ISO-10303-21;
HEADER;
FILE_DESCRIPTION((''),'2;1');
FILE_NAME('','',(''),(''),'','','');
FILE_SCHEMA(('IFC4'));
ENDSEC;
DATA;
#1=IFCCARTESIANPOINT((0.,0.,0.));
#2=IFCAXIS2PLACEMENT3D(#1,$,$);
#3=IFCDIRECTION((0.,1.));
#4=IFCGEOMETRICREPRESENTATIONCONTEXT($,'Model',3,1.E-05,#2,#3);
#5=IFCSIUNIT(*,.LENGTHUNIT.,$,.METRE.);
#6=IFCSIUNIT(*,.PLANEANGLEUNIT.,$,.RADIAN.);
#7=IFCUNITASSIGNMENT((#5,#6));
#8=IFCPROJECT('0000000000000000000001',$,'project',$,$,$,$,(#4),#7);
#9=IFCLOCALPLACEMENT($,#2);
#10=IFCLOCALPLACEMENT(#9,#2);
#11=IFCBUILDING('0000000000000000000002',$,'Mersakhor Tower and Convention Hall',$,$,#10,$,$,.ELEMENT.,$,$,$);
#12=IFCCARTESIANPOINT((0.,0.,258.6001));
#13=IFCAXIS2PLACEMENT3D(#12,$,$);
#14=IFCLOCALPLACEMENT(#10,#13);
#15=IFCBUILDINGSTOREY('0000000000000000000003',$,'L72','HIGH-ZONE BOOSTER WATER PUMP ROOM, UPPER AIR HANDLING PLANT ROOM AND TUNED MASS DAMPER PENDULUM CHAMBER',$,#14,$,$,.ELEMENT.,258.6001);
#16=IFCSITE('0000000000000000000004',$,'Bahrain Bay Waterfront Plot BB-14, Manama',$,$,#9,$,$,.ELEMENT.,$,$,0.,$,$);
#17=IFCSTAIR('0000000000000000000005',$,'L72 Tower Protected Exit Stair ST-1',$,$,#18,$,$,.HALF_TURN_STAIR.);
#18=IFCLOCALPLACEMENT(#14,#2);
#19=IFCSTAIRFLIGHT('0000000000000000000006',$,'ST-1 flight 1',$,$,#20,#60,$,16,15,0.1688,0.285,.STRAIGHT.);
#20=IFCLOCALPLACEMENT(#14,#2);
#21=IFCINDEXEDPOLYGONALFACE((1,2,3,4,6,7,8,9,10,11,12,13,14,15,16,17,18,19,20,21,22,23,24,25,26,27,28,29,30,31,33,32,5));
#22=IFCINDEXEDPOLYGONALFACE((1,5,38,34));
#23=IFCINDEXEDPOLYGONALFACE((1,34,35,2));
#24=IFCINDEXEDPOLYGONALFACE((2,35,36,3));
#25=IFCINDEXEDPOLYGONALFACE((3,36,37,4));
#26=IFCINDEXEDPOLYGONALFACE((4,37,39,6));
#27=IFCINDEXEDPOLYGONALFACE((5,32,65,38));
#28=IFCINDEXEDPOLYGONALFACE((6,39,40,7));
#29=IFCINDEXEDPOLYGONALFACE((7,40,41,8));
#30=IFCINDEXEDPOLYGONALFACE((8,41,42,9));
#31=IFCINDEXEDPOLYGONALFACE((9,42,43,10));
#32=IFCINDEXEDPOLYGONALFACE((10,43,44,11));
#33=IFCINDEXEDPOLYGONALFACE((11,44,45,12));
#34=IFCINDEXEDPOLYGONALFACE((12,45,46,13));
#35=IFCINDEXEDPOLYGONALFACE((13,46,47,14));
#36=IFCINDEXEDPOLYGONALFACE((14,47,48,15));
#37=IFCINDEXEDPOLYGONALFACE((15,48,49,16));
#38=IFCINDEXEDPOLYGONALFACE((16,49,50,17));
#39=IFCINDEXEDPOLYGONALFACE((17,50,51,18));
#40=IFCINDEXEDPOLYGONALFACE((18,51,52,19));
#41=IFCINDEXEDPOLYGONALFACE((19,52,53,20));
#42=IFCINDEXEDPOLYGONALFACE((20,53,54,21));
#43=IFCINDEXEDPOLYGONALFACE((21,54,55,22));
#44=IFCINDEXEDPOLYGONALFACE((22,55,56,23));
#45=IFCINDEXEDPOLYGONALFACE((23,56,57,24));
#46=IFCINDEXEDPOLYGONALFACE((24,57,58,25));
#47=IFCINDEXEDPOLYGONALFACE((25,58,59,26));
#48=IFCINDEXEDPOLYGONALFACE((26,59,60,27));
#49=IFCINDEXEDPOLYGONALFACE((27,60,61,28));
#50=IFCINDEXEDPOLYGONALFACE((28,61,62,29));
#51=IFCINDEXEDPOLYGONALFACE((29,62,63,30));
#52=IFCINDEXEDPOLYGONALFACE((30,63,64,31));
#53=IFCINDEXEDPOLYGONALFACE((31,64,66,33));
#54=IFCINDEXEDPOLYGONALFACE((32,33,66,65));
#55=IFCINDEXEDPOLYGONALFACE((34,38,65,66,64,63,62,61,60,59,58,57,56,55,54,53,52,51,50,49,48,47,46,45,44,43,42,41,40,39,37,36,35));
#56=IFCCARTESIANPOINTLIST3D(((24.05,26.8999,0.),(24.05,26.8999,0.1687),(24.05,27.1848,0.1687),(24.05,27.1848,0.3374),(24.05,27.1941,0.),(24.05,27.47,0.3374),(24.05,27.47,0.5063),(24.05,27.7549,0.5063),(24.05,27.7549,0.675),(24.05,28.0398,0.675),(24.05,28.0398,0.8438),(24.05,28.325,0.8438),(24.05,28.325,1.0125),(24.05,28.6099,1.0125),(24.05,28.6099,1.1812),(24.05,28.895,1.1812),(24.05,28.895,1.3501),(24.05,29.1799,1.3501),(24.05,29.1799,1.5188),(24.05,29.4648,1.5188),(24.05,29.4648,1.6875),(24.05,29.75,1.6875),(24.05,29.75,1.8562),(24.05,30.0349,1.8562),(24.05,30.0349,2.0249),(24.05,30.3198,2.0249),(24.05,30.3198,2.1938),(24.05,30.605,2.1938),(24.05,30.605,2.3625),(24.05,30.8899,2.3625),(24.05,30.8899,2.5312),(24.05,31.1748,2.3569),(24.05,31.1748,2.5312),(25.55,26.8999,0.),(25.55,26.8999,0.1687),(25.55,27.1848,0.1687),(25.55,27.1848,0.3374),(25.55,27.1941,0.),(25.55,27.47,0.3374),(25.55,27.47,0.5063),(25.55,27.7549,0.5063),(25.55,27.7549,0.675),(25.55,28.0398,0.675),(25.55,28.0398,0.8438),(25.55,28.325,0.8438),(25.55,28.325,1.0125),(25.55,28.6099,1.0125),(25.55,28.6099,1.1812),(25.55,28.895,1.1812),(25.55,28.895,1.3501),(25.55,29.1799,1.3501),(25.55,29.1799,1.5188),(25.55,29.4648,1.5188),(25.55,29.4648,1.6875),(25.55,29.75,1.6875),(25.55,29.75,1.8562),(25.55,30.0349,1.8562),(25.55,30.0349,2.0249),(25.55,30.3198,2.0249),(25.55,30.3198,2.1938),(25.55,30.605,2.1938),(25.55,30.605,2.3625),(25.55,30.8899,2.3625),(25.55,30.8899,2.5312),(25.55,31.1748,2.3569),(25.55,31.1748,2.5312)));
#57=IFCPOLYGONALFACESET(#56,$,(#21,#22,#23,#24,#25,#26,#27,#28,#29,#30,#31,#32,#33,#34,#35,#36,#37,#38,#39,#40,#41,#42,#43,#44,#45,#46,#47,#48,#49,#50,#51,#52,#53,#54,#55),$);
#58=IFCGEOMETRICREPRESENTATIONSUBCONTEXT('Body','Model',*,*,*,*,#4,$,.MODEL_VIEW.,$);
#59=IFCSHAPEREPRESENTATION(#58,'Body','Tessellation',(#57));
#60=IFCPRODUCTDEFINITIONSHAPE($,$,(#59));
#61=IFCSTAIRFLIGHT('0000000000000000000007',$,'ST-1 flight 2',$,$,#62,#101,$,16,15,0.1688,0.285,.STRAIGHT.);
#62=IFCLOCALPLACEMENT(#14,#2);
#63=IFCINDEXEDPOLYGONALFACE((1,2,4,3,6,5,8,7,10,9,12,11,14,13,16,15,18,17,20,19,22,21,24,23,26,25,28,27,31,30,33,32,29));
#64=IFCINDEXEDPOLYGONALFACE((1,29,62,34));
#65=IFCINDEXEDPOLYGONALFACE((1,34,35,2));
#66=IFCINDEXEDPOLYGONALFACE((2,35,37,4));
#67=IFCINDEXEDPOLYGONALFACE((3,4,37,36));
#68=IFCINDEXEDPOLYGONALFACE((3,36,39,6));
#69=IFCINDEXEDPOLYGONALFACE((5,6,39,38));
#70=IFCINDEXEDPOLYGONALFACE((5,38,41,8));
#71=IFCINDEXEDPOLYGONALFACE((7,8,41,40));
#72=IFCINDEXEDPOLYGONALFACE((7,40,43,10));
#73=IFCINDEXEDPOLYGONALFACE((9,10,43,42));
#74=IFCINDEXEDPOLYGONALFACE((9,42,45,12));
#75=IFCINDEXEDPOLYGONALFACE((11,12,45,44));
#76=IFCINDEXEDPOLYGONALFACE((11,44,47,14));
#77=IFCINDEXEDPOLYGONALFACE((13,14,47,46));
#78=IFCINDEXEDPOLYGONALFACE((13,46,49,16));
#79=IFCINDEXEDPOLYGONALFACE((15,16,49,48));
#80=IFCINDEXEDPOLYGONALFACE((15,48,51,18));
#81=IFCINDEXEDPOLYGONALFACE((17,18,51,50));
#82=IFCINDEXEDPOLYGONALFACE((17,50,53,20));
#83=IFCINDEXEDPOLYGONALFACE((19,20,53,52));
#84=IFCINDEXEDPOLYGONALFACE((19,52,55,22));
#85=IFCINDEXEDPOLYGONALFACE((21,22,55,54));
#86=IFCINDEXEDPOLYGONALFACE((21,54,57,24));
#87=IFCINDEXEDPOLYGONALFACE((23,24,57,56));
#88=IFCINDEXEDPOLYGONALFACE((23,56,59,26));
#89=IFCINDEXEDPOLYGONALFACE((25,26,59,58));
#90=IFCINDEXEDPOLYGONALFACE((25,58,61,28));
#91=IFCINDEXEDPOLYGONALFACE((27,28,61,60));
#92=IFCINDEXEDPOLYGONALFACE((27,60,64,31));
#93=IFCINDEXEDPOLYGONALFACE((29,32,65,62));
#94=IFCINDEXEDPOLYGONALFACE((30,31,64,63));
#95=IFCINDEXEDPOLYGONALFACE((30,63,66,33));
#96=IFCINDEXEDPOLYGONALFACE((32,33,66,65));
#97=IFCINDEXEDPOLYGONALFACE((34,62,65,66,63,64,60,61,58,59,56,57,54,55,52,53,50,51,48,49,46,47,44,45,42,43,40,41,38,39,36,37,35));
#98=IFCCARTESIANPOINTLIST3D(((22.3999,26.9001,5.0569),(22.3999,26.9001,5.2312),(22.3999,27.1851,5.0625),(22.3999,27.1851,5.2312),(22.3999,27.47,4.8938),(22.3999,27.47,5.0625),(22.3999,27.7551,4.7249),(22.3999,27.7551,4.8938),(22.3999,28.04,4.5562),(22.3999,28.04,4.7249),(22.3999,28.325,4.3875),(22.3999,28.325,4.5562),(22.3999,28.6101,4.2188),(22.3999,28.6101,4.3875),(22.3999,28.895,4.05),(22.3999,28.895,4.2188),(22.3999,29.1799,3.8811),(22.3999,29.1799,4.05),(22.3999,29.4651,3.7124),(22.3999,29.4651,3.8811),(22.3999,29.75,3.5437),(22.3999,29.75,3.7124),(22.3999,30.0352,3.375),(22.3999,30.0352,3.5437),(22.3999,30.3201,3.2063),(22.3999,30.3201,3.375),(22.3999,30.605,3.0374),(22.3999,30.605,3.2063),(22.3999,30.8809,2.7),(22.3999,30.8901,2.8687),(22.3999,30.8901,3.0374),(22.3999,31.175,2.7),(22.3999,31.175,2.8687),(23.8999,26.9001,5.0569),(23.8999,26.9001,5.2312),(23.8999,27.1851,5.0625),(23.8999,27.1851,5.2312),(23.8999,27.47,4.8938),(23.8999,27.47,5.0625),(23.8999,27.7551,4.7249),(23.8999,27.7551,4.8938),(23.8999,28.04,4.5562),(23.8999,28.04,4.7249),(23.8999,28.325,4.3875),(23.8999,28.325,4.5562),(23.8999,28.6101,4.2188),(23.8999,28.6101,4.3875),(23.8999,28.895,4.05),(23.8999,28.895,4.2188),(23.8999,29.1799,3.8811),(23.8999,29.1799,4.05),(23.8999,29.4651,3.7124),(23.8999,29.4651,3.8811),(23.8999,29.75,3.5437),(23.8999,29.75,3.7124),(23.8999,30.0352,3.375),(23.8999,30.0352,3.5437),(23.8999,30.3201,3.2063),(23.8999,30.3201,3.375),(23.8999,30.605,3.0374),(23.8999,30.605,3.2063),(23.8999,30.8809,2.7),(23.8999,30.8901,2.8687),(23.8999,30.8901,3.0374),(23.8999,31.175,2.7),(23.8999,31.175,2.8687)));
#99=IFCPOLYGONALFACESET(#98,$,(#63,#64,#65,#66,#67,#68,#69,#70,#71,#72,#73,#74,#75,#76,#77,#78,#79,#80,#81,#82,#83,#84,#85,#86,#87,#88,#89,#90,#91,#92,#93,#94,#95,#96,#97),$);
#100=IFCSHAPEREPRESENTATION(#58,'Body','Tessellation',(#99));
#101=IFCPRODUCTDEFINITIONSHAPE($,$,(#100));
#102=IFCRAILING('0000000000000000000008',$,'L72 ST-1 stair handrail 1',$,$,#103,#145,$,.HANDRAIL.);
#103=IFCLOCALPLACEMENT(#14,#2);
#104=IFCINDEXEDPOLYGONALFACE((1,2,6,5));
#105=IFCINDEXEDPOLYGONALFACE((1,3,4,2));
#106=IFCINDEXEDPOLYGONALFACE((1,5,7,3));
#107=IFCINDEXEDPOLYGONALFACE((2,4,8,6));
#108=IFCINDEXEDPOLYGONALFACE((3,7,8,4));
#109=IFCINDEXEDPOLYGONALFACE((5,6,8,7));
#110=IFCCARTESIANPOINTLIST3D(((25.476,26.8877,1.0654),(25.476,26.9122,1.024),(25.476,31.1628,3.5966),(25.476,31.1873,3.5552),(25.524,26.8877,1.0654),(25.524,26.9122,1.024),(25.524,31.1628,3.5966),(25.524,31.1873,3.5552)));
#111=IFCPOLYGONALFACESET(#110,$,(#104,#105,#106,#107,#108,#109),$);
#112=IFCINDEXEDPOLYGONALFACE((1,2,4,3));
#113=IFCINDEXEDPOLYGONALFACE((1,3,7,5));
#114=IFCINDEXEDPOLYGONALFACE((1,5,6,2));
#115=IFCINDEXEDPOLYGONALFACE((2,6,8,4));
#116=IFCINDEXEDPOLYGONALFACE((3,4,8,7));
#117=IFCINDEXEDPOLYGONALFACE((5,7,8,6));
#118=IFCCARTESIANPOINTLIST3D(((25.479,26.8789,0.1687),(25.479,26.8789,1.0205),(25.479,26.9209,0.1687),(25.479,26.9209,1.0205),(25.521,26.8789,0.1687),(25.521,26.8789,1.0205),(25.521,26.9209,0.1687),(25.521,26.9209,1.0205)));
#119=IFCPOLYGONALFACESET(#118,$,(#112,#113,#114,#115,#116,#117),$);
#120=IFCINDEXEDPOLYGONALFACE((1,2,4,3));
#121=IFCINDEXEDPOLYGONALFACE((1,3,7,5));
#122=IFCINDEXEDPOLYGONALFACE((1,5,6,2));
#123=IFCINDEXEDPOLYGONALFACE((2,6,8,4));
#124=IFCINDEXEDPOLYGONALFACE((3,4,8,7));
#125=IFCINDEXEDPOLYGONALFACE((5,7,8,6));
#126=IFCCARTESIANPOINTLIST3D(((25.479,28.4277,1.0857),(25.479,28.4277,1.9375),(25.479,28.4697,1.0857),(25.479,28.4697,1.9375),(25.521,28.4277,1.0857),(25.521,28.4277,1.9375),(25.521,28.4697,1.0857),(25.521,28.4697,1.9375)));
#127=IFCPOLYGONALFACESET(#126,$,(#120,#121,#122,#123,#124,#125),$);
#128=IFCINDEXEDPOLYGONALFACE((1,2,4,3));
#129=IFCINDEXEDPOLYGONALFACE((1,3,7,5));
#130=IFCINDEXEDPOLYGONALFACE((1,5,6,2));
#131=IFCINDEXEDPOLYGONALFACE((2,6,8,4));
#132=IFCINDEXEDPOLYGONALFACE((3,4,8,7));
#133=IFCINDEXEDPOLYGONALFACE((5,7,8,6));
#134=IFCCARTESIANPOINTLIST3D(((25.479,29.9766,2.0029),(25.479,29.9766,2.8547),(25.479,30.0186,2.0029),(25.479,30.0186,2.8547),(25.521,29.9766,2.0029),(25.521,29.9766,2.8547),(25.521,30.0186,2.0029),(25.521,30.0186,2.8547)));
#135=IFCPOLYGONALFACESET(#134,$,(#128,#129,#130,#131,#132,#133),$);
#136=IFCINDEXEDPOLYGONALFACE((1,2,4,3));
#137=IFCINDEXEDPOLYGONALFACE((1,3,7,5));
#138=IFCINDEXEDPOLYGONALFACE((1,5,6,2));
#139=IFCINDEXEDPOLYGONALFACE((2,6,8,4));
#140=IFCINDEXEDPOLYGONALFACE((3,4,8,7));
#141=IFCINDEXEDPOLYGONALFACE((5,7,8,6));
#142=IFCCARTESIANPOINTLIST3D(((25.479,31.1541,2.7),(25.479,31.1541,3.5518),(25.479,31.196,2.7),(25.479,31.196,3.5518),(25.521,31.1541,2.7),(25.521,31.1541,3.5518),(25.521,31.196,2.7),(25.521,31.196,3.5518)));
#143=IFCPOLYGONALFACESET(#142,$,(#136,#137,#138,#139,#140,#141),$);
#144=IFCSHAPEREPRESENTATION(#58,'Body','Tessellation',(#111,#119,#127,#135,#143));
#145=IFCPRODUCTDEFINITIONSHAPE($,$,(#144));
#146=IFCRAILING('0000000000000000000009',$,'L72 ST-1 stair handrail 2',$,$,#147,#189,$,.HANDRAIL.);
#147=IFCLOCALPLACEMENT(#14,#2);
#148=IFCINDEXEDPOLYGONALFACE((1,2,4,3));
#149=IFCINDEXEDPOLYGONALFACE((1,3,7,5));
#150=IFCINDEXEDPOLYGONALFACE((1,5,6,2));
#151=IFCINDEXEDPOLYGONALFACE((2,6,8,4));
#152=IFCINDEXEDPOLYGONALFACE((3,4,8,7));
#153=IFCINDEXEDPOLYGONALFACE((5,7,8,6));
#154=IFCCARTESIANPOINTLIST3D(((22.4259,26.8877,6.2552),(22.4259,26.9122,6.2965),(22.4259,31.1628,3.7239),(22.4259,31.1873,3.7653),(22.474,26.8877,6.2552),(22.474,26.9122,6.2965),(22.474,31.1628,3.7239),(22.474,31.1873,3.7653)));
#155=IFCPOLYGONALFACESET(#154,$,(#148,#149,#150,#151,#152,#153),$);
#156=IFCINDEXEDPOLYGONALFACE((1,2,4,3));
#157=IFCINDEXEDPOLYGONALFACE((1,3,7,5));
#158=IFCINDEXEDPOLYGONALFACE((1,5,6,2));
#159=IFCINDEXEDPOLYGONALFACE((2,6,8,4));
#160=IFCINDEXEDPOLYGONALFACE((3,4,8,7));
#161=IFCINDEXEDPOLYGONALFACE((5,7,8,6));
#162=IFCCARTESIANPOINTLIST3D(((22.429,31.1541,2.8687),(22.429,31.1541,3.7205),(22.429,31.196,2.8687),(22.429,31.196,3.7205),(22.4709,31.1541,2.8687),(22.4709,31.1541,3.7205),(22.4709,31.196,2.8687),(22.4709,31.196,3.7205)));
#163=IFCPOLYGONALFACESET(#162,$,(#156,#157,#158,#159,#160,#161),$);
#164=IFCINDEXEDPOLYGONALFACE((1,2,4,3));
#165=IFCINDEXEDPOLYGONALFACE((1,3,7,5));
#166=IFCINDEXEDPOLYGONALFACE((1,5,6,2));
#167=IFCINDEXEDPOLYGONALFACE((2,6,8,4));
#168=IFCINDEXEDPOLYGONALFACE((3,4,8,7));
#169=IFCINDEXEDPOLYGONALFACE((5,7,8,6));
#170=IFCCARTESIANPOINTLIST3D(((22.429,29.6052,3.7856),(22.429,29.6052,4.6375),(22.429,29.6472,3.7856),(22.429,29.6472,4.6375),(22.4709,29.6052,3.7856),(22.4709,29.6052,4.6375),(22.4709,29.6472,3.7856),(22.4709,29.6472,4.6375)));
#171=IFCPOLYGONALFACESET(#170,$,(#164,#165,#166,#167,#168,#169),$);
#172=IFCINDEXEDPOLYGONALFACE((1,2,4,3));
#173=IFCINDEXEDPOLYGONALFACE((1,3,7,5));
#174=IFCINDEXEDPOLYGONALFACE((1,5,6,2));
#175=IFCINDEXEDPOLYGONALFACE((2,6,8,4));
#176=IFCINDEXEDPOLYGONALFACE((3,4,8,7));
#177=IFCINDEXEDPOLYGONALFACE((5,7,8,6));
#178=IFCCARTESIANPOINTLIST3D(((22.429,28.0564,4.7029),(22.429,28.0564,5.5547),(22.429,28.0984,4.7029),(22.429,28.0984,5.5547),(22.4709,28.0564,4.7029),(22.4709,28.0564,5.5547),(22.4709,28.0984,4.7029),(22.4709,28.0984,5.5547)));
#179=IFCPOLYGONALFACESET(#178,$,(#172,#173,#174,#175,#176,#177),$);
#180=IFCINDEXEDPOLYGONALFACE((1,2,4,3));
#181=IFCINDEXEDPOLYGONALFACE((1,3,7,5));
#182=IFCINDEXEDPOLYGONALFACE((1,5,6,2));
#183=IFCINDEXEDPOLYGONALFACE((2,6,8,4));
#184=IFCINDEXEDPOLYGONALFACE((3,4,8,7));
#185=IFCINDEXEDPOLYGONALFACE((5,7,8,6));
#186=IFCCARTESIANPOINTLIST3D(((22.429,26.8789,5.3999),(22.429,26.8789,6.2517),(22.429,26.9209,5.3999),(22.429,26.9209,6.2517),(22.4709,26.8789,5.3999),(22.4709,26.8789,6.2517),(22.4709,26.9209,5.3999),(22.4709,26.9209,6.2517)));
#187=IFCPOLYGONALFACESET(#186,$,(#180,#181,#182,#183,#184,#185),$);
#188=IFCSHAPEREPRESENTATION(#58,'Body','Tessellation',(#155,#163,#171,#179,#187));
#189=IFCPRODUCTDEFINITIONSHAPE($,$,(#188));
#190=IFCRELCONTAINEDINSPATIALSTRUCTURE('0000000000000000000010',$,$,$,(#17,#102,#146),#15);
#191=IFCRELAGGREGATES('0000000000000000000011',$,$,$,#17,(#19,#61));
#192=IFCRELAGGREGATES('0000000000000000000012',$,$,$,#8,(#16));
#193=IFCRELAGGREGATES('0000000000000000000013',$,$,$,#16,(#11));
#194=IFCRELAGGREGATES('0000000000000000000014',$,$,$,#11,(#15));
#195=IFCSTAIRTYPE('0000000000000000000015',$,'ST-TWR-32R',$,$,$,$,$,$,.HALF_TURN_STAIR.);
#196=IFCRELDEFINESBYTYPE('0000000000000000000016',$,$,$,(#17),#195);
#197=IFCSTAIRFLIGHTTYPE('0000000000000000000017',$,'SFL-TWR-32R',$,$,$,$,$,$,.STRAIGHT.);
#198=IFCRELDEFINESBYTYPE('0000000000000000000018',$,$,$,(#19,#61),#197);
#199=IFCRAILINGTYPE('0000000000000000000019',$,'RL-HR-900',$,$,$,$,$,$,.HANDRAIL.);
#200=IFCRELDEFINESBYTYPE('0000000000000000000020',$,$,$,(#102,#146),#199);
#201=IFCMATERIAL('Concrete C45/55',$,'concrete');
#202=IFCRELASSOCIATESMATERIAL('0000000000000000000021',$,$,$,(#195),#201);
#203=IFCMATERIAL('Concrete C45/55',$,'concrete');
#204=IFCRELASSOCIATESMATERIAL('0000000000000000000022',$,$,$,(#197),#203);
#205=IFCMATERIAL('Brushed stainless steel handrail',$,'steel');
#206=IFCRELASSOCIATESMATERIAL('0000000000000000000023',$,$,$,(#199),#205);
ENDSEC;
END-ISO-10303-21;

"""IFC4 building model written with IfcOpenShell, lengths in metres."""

from ifc_helpers import new_model, si_unit, direction, frame, origin, origin_2d, place, context, subcontext, project, spatial, polyline, rectangle, outline, extrude, material, type_object, element, aggregate, save


model = new_model("IFC4")

# Units and contexts
model_context = context("Model", 3, precision=1e-05, world=origin(), true_north=direction((0.0, 1.0)))
body_context = subcontext(model_context, "Body", "Model", "MODEL_VIEW")
ifc_project = project(units=[si_unit("LENGTHUNIT", "METRE"), si_unit("PLANEANGLEUNIT", "RADIAN")], contexts=[model_context])

# Site, building, storey
site_placement = place(None, origin())
site = spatial("IfcSite", under=ifc_project, at=site_placement, Name="Bahrain Bay Waterfront Plot BB-14, Manama", CompositionType="ELEMENT", RefElevation=0.0)
building_placement = place(site_placement, origin())
building = spatial("IfcBuilding", under=site, at=building_placement, Name="Mersakhor Tower and Convention Hall", CompositionType="ELEMENT")
storey_placement = place(building_placement, frame((0.0, 0.0, 258.6001)))
storey = spatial("IfcBuildingStorey", under=building, at=storey_placement, Name="L72", Description="HIGH-ZONE BOOSTER WATER PUMP ROOM, UPPER AIR HANDLING PLANT ROOM AND TUNED MASS DAMPER PENDULUM CHAMBER", CompositionType="ELEMENT", Elevation=258.6001)

# Stair, stair flights
ifc_material_1 = material(Name="Concrete C45/55", Category="concrete")
stair_type = type_object("IfcStairType", Name="ST-TWR-32R", PredefinedType="HALF_TURN_STAIR", material=ifc_material_1)
stair_placement = place(storey_placement, origin())
stair = element("IfcStair", 1, at=stair_placement, inside=storey, type_object=stair_type, Name="L72 Tower Protected Exit Stair ST-1", PredefinedType="HALF_TURN_STAIR")
ifc_material_2 = material(Name="Concrete C45/55", Category="concrete")
stair_flight_type = type_object("IfcStairFlightType", Name="SFL-TWR-32R", PredefinedType="STRAIGHT", material=ifc_material_2)
stair_flight_1_placement = place(storey_placement, frame((24.8, 26.8999, 0.0), z_axis=(0.0, 0.0, 1.0), x_axis=(0.0, 1.0, 0.0)))
stair_flight_1 = element("IfcStairFlight", 2, at=stair_flight_1_placement, type_object=stair_flight_type, Name="ST-1 flight 1", NumberOfRisers=16, NumberOfTreads=15, PredefinedType="STRAIGHT", RiserHeight=0.1688, TreadLength=0.285, context=body_context, shape_type="SweptSolid", body=[
    extrude(outline(polyline([(0.0, 0.0), (0.0, 0.1687), (0.2849, 0.1687), (0.2849, 0.3374), (0.5701, 0.3374), (0.5701, 0.5063), (0.855, 0.5063), (0.855, 0.675), (1.1399, 0.675), (1.1399, 0.8438), (1.425, 0.8438), (1.425, 1.0125), (1.71, 1.0125), (1.71, 1.1812), (1.9951, 1.1812), (1.9951, 1.3501), (2.28, 1.3501), (2.28, 1.5188), (2.5649, 1.5188), (2.5649, 1.6875), (2.8501, 1.6875), (2.8501, 1.8562), (3.135, 1.8562), (3.135, 2.0249), (3.4199, 2.0249), (3.4199, 2.1938), (3.7051, 2.1938), (3.7051, 2.3625), (3.99, 2.3625), (3.99, 2.5312), (4.2749, 2.5312), (4.2749, 2.7), (4.2749, 2.3569), (0.2942, 0.0), (0.0, 0.0)])), frame((0.0, 0.75, 0.0), z_axis=(0.0, -1.0, 0.0), x_axis=(1.0, 0.0, 0.0)), (0.0, 0.0, 1.0), 1.5),
])
stair_flight_2_placement = place(storey_placement, frame((23.1499, 31.175, 2.7), z_axis=(0.0, 0.0, 1.0), x_axis=(0.0, -1.0, 0.0)))
stair_flight_2 = element("IfcStairFlight", 3, at=stair_flight_2_placement, type_object=stair_flight_type, Name="ST-1 flight 2", NumberOfRisers=16, NumberOfTreads=15, PredefinedType="STRAIGHT", RiserHeight=0.1688, TreadLength=0.285, context=body_context, shape_type="SweptSolid", body=[
    extrude(outline(polyline([(0.0, 0.0), (0.0, 0.1687), (0.2849, 0.1687), (0.2849, 0.3374), (0.5701, 0.3374), (0.5701, 0.5063), (0.855, 0.5063), (0.855, 0.675), (1.1399, 0.675), (1.1399, 0.8438), (1.425, 0.8438), (1.425, 1.0125), (1.71, 1.0125), (1.71, 1.1812), (1.9951, 1.1812), (1.9951, 1.3501), (2.28, 1.3501), (2.28, 1.5188), (2.5649, 1.5188), (2.5649, 1.6875), (2.8501, 1.6875), (2.8501, 1.8562), (3.135, 1.8562), (3.135, 2.0249), (3.4199, 2.0249), (3.4199, 2.1938), (3.7051, 2.1938), (3.7051, 2.3625), (3.99, 2.3625), (3.99, 2.5312), (4.2749, 2.5312), (4.2749, 2.7), (4.2749, 2.3569), (0.2942, 0.0), (0.0, 0.0)])), frame((0.0, 0.75, 0.0), z_axis=(0.0, -1.0, 0.0), x_axis=(1.0, 0.0, 0.0)), (0.0, 0.0, 1.0), 1.5),
])
aggregate(stair, [stair_flight_1, stair_flight_2])

# Railings
ifc_material_3 = material(Name="Brushed stainless steel handrail", Category="steel")
railing_type_1 = type_object("IfcRailingType", Name="RL-HR-900", PredefinedType="HANDRAIL", material=ifc_material_3)
railing_1_placement = place(storey_placement, frame((25.5, 26.8999, 0.1687)))
element("IfcRailing", 4, at=railing_1_placement, inside=storey, type_object=railing_type_1, Name="L72 ST-1 stair handrail 1", PredefinedType="HANDRAIL", context=body_context, shape_type="SweptSolid", body=[
    extrude(rectangle(XDim=0.0481, YDim=0.0481, at=origin_2d()), frame((0.0, 0.0, 0.876), z_axis=(0.0, 0.860483, 0.509479), x_axis=(-1.0, 0.0, 0.0)), (0.0, 0.0, 1.0), 4.9683),
    extrude(rectangle(XDim=0.042, YDim=0.042, at=origin_2d()), origin(), (0.0, 0.0, 1.0), 0.8518),
    extrude(rectangle(XDim=0.042, YDim=0.042, at=origin_2d()), frame((0.0, 1.5488, 0.917)), (0.0, 0.0, 1.0), 0.8518),
    extrude(rectangle(XDim=0.042, YDim=0.042, at=origin_2d()), frame((0.0, 3.0977, 1.8342)), (0.0, 0.0, 1.0), 0.8518),
    extrude(rectangle(XDim=0.042, YDim=0.042, at=origin_2d()), frame((0.0, 4.2751, 2.5312)), (0.0, 0.0, 1.0), 0.8518),
])
railing_2_placement = place(storey_placement, frame((22.45, 31.175, 2.8687)))
element("IfcRailing", 5, at=railing_2_placement, inside=storey, type_object=railing_type_1, Name="L72 ST-1 stair handrail 2", PredefinedType="HANDRAIL", context=body_context, shape_type="SweptSolid", body=[
    extrude(rectangle(XDim=0.0481, YDim=0.0481, at=origin_2d()), frame((0.0, 0.0, 0.876), z_axis=(0.0, -0.860483, 0.509479), x_axis=(1.0, 0.0, 0.0)), (0.0, 0.0, 1.0), 4.9683),
    extrude(rectangle(XDim=0.042, YDim=0.042, at=origin_2d()), origin(), (0.0, 0.0, 1.0), 0.8518),
    extrude(rectangle(XDim=0.042, YDim=0.042, at=origin_2d()), frame((0.0, -1.5488, 0.917)), (0.0, 0.0, 1.0), 0.8518),
    extrude(rectangle(XDim=0.042, YDim=0.042, at=origin_2d()), frame((0.0, -3.0977, 1.8342)), (0.0, 0.0, 1.0), 0.8518),
    extrude(rectangle(XDim=0.042, YDim=0.042, at=origin_2d()), frame((0.0, -4.2751, 2.5312)), (0.0, 0.0, 1.0), 0.8518),
])

save(model, "model.ifc")
